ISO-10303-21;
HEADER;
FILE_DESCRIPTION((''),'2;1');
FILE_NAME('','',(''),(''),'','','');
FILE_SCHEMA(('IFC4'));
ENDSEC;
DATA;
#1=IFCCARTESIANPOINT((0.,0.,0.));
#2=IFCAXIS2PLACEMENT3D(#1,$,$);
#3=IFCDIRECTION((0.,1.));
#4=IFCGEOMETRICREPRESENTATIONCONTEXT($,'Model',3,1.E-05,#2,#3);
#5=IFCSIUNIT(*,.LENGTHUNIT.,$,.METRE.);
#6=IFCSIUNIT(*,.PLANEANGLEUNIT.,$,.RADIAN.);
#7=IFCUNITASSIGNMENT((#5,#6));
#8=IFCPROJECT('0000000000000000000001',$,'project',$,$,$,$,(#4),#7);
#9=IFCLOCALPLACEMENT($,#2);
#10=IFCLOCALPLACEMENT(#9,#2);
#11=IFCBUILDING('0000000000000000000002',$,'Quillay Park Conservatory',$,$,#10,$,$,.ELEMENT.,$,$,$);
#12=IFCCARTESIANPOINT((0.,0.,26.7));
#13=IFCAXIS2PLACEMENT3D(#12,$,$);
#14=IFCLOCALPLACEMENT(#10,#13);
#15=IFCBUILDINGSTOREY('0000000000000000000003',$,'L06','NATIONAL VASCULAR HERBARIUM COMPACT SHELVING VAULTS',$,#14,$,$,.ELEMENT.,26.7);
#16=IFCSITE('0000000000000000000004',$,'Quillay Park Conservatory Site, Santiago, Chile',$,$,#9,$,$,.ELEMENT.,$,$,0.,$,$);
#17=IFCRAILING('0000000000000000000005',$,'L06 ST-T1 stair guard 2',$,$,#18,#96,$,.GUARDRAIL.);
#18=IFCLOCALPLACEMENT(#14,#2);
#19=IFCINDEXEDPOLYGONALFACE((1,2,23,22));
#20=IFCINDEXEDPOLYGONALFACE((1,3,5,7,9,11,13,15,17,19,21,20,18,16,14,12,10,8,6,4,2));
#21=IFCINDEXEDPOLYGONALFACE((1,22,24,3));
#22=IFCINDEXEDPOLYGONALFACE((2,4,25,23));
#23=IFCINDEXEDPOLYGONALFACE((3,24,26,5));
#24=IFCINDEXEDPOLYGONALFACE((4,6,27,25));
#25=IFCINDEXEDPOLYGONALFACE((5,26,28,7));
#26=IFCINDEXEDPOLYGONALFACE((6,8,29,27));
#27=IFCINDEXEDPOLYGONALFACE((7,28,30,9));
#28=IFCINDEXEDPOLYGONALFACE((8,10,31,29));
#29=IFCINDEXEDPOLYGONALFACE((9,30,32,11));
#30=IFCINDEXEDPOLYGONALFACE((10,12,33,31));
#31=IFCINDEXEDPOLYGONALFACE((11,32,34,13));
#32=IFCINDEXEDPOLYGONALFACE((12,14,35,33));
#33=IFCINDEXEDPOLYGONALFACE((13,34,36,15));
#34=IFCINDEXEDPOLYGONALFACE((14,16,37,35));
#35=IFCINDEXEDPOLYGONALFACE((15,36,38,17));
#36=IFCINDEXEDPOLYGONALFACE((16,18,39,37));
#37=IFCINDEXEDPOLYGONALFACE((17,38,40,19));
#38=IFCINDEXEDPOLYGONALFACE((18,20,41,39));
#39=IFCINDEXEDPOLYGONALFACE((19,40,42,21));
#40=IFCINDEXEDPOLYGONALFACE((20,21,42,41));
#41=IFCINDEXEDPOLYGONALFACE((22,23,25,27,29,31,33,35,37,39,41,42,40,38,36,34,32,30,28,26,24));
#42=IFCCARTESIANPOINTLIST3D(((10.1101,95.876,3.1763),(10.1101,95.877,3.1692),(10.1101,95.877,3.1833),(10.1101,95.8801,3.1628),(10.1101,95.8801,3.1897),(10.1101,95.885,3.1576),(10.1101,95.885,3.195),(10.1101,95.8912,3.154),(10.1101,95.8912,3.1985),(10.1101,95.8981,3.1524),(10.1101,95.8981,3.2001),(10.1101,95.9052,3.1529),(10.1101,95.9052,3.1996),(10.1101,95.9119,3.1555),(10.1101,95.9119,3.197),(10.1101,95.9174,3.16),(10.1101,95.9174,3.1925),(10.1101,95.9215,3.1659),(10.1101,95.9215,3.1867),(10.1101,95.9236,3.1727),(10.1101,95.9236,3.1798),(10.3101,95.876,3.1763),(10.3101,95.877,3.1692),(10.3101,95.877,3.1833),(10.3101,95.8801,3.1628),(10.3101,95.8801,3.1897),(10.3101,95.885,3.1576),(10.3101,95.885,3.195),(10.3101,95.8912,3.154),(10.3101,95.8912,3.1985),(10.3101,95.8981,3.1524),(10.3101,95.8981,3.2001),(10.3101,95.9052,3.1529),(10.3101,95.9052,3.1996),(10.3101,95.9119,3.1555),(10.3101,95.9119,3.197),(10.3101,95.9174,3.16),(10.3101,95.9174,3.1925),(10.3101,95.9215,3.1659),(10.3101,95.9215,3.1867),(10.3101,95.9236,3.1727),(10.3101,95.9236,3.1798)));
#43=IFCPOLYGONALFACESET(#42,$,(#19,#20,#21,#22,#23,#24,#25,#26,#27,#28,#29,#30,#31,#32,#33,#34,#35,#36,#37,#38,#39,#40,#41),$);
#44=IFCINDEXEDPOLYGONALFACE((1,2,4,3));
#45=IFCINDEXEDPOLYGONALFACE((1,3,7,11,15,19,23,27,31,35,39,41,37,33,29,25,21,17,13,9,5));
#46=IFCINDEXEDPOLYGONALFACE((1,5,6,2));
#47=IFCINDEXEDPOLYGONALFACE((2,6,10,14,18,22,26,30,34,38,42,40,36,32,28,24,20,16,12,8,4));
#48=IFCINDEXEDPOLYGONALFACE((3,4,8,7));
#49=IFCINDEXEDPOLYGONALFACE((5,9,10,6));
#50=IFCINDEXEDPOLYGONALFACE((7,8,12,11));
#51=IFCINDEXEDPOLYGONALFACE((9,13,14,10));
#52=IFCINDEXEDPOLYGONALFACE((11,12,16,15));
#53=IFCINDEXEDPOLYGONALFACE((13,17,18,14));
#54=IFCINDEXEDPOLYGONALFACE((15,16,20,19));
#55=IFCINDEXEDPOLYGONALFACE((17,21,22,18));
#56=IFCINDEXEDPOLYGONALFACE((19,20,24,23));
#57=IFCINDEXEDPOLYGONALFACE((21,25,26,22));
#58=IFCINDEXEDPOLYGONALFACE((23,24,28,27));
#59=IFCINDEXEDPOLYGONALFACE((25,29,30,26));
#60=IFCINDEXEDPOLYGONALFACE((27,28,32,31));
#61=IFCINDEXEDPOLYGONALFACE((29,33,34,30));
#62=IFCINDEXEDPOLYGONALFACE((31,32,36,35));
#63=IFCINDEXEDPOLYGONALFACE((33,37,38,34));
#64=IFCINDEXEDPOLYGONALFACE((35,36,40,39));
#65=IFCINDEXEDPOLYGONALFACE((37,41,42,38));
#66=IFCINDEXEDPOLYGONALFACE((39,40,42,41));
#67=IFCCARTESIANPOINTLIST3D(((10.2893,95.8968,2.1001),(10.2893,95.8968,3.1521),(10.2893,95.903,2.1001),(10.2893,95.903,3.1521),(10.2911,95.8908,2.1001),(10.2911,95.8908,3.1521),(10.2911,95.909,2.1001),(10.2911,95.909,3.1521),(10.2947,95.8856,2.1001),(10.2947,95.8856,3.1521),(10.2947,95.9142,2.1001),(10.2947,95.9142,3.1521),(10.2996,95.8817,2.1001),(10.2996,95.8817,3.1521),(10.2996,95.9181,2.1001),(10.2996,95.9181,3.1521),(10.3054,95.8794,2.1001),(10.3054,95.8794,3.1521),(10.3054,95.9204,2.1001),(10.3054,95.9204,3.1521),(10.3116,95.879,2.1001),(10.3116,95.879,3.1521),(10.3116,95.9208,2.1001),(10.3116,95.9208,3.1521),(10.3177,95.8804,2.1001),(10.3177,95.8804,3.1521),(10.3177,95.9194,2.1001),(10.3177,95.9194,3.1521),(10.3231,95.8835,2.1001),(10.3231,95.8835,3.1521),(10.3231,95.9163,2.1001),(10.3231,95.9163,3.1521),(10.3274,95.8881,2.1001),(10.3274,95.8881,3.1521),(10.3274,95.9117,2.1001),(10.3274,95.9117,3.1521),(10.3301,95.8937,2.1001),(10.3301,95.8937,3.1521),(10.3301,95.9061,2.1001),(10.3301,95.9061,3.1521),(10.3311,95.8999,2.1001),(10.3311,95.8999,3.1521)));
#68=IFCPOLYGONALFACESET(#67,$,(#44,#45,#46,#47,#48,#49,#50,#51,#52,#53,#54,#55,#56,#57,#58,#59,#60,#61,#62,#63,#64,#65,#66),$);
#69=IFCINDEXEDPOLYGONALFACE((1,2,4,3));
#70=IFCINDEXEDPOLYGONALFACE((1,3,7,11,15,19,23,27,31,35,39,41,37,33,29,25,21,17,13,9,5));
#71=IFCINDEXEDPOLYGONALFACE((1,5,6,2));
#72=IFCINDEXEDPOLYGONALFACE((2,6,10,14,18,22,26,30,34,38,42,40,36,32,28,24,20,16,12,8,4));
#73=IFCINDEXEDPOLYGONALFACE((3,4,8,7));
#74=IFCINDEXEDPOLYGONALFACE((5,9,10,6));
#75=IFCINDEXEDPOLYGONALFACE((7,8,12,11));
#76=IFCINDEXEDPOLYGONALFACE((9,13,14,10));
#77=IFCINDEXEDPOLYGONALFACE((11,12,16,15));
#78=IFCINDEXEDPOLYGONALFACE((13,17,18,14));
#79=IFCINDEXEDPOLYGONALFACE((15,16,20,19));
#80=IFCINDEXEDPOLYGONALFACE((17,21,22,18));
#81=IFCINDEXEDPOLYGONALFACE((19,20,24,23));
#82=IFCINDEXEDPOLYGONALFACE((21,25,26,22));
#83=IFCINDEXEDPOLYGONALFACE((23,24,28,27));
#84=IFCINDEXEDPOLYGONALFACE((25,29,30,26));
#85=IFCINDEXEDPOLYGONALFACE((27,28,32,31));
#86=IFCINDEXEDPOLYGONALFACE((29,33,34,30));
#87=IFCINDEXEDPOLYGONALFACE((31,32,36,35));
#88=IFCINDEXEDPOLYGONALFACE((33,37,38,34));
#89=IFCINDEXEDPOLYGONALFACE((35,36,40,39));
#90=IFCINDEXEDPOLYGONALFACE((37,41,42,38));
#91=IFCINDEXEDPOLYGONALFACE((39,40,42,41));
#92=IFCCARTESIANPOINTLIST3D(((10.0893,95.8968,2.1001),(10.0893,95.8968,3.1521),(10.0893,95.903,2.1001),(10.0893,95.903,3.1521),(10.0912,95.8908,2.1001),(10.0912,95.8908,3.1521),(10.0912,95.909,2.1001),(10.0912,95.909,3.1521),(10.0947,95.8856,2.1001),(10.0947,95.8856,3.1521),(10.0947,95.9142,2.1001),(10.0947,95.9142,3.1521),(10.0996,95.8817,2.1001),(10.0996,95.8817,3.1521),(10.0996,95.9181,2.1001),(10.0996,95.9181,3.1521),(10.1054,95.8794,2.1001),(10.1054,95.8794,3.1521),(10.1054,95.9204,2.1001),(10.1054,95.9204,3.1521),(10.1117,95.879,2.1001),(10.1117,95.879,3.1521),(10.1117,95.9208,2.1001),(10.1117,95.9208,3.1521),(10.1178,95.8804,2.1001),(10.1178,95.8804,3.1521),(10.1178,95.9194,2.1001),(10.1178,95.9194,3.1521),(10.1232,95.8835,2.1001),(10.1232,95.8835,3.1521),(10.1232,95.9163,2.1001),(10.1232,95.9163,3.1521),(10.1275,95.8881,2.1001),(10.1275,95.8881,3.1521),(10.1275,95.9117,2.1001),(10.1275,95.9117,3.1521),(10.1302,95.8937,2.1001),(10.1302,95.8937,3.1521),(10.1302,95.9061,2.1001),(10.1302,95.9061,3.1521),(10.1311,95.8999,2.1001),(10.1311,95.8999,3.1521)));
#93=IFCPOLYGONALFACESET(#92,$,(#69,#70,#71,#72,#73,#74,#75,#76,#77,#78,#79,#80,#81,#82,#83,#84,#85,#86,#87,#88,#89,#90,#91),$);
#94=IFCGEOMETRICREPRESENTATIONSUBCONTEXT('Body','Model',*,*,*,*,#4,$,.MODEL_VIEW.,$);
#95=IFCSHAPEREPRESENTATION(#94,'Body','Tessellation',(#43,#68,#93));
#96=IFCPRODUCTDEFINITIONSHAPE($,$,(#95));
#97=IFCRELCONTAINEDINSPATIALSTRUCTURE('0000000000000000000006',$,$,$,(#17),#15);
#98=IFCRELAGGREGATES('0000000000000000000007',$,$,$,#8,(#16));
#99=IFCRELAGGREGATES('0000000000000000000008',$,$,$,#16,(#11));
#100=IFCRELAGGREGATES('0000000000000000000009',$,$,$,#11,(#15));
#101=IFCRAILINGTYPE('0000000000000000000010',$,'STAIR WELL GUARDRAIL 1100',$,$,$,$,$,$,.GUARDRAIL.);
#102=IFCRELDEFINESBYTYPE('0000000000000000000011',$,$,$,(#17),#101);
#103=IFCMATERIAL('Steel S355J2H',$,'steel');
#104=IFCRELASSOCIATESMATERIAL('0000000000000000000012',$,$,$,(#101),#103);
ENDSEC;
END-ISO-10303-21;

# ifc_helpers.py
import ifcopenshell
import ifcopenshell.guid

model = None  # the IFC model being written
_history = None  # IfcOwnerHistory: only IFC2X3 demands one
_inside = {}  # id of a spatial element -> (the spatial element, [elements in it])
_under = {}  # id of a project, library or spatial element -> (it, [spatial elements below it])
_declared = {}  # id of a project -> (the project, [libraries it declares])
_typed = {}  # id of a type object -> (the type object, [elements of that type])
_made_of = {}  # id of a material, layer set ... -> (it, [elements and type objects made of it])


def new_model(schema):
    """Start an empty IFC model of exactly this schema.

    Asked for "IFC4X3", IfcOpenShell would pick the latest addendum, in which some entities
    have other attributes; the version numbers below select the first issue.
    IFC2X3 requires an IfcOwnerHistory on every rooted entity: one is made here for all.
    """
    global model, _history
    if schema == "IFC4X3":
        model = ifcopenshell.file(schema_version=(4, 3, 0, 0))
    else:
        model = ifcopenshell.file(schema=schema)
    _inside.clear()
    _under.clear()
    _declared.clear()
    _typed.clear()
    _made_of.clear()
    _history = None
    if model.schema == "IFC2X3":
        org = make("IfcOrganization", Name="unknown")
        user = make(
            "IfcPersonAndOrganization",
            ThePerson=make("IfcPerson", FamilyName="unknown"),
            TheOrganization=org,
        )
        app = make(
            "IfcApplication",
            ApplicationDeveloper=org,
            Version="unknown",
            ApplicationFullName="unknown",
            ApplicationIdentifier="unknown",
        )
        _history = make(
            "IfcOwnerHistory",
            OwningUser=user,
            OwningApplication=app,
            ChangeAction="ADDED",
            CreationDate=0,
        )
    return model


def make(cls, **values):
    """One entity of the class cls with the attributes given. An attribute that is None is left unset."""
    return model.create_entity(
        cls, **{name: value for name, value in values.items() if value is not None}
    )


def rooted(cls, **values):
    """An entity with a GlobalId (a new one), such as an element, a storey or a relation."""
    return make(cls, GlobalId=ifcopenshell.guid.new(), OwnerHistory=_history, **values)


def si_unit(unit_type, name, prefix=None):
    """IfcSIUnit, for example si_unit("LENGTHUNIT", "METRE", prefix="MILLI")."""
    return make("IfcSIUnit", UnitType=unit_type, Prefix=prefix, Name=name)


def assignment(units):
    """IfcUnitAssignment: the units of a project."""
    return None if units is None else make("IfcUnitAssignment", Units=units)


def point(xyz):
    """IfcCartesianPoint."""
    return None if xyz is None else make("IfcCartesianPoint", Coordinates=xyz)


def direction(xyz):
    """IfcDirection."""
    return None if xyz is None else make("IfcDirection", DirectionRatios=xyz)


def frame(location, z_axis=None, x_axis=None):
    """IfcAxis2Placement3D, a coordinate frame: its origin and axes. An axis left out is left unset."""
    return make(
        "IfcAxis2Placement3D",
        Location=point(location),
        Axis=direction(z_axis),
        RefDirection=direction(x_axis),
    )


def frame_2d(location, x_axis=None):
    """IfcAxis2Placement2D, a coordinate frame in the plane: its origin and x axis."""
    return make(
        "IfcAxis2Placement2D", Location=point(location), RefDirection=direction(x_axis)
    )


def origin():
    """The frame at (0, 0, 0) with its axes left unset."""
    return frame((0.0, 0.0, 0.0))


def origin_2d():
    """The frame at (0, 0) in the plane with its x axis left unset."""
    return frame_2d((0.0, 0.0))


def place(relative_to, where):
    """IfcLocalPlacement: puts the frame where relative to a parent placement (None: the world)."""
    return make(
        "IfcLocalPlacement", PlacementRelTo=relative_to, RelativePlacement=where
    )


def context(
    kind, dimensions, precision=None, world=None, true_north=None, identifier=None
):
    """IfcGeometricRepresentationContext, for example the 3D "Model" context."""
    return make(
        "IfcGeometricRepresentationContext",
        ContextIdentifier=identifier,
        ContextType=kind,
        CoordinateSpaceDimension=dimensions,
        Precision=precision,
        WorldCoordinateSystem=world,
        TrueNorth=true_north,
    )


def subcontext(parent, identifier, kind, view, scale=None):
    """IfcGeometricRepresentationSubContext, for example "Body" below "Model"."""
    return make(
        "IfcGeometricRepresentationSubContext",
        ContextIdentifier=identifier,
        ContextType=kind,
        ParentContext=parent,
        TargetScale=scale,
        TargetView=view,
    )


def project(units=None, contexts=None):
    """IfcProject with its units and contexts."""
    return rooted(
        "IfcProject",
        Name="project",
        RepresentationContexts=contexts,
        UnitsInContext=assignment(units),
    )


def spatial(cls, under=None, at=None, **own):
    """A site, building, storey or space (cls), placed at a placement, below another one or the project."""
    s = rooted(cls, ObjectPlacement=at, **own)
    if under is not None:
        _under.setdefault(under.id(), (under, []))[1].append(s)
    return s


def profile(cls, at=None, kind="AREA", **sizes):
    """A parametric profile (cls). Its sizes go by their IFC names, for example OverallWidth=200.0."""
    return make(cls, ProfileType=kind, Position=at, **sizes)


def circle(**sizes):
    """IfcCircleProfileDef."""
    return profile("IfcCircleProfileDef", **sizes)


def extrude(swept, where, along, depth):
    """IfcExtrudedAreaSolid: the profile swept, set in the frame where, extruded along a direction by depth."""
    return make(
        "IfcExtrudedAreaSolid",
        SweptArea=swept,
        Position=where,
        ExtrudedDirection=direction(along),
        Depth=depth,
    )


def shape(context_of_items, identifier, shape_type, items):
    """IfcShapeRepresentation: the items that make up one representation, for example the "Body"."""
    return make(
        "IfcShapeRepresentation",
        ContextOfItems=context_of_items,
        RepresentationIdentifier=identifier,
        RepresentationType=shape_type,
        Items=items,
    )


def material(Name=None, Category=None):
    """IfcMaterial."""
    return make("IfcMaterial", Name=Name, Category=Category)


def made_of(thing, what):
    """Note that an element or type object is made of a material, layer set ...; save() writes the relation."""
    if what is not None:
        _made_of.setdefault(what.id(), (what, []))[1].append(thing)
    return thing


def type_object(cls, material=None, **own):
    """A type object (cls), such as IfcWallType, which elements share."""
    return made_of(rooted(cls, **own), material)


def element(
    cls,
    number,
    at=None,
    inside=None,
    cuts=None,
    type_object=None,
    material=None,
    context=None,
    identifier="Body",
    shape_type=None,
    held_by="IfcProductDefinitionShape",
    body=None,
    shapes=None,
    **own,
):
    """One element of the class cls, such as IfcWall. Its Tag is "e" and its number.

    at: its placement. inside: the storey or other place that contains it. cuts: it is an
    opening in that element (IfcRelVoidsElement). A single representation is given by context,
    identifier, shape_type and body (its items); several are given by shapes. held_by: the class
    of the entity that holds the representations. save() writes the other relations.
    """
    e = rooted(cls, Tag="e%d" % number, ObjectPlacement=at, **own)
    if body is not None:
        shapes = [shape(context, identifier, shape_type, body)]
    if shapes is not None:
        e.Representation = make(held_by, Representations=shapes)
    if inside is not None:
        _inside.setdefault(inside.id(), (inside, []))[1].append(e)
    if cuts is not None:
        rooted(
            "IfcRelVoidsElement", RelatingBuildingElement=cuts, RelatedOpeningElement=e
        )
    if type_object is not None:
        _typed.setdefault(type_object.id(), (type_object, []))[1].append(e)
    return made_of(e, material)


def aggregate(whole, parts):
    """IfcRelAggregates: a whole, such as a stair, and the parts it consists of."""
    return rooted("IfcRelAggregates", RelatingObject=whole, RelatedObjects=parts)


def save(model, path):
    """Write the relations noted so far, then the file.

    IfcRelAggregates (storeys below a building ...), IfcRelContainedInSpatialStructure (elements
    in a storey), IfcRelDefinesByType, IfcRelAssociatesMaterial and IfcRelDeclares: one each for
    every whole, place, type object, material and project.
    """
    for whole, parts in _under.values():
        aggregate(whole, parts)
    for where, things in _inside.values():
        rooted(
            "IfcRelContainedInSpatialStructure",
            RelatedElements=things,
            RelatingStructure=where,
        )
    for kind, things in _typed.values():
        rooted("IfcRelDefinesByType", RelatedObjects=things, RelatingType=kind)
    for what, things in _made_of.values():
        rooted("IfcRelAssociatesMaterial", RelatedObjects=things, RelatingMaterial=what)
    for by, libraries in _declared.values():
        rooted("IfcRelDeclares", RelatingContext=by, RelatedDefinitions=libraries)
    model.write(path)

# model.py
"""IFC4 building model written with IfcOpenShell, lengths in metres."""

from ifc_helpers import new_model, si_unit, direction, frame, origin, origin_2d, place, context, subcontext, project, spatial, circle, extrude, material, type_object, element, save


model = new_model("IFC4")

# Units and contexts
model_context = context("Model", 3, precision=1e-05, world=origin(), true_north=direction((0.0, 1.0)))
body_context = subcontext(model_context, "Body", "Model", "MODEL_VIEW")
ifc_project = project(units=[si_unit("LENGTHUNIT", "METRE"), si_unit("PLANEANGLEUNIT", "RADIAN")], contexts=[model_context])

# Site, building, storey
site_placement = place(None, origin())
site = spatial("IfcSite", under=ifc_project, at=site_placement, Name="Quillay Park Conservatory Site, Santiago, Chile", CompositionType="ELEMENT", RefElevation=0.0)
building_placement = place(site_placement, origin())
building = spatial("IfcBuilding", under=site, at=building_placement, Name="Quillay Park Conservatory", CompositionType="ELEMENT")
storey_placement = place(building_placement, frame((0.0, 0.0, 26.7)))
storey = spatial("IfcBuildingStorey", under=building, at=storey_placement, Name="L06", Description="NATIONAL VASCULAR HERBARIUM COMPACT SHELVING VAULTS", CompositionType="ELEMENT", Elevation=26.7)

# Railing
ifc_material_1 = material(Name="Steel S355J2H", Category="steel")
railing_type_1 = type_object("IfcRailingType", Name="STAIR WELL GUARDRAIL 1100", PredefinedType="GUARDRAIL", material=ifc_material_1)
railing_1_placement = place(storey_placement, frame((10.3101, 95.8999, 2.1001)))
element("IfcRailing", 1, at=railing_1_placement, inside=storey, type_object=railing_type_1, Name="L06 ST-T1 stair guard 2", PredefinedType="GUARDRAIL", context=body_context, shape_type="SweptSolid", body=[
    extrude(circle(Radius=0.0239, at=origin_2d()), frame((0.0, 0.0, 1.0762), z_axis=(-1.0, 0.0, 0.0), x_axis=(0.0, -1.0, 0.0)), (0.0, 0.0, 1.0), 0.2),
    extrude(circle(Radius=0.021, at=origin_2d()), origin(), (0.0, 0.0, 1.0), 1.052),
    extrude(circle(Radius=0.021, at=origin_2d()), frame((-0.2, 0.0, 0.0)), (0.0, 0.0, 1.0), 1.052),
])

save(model, "model.ifc")
